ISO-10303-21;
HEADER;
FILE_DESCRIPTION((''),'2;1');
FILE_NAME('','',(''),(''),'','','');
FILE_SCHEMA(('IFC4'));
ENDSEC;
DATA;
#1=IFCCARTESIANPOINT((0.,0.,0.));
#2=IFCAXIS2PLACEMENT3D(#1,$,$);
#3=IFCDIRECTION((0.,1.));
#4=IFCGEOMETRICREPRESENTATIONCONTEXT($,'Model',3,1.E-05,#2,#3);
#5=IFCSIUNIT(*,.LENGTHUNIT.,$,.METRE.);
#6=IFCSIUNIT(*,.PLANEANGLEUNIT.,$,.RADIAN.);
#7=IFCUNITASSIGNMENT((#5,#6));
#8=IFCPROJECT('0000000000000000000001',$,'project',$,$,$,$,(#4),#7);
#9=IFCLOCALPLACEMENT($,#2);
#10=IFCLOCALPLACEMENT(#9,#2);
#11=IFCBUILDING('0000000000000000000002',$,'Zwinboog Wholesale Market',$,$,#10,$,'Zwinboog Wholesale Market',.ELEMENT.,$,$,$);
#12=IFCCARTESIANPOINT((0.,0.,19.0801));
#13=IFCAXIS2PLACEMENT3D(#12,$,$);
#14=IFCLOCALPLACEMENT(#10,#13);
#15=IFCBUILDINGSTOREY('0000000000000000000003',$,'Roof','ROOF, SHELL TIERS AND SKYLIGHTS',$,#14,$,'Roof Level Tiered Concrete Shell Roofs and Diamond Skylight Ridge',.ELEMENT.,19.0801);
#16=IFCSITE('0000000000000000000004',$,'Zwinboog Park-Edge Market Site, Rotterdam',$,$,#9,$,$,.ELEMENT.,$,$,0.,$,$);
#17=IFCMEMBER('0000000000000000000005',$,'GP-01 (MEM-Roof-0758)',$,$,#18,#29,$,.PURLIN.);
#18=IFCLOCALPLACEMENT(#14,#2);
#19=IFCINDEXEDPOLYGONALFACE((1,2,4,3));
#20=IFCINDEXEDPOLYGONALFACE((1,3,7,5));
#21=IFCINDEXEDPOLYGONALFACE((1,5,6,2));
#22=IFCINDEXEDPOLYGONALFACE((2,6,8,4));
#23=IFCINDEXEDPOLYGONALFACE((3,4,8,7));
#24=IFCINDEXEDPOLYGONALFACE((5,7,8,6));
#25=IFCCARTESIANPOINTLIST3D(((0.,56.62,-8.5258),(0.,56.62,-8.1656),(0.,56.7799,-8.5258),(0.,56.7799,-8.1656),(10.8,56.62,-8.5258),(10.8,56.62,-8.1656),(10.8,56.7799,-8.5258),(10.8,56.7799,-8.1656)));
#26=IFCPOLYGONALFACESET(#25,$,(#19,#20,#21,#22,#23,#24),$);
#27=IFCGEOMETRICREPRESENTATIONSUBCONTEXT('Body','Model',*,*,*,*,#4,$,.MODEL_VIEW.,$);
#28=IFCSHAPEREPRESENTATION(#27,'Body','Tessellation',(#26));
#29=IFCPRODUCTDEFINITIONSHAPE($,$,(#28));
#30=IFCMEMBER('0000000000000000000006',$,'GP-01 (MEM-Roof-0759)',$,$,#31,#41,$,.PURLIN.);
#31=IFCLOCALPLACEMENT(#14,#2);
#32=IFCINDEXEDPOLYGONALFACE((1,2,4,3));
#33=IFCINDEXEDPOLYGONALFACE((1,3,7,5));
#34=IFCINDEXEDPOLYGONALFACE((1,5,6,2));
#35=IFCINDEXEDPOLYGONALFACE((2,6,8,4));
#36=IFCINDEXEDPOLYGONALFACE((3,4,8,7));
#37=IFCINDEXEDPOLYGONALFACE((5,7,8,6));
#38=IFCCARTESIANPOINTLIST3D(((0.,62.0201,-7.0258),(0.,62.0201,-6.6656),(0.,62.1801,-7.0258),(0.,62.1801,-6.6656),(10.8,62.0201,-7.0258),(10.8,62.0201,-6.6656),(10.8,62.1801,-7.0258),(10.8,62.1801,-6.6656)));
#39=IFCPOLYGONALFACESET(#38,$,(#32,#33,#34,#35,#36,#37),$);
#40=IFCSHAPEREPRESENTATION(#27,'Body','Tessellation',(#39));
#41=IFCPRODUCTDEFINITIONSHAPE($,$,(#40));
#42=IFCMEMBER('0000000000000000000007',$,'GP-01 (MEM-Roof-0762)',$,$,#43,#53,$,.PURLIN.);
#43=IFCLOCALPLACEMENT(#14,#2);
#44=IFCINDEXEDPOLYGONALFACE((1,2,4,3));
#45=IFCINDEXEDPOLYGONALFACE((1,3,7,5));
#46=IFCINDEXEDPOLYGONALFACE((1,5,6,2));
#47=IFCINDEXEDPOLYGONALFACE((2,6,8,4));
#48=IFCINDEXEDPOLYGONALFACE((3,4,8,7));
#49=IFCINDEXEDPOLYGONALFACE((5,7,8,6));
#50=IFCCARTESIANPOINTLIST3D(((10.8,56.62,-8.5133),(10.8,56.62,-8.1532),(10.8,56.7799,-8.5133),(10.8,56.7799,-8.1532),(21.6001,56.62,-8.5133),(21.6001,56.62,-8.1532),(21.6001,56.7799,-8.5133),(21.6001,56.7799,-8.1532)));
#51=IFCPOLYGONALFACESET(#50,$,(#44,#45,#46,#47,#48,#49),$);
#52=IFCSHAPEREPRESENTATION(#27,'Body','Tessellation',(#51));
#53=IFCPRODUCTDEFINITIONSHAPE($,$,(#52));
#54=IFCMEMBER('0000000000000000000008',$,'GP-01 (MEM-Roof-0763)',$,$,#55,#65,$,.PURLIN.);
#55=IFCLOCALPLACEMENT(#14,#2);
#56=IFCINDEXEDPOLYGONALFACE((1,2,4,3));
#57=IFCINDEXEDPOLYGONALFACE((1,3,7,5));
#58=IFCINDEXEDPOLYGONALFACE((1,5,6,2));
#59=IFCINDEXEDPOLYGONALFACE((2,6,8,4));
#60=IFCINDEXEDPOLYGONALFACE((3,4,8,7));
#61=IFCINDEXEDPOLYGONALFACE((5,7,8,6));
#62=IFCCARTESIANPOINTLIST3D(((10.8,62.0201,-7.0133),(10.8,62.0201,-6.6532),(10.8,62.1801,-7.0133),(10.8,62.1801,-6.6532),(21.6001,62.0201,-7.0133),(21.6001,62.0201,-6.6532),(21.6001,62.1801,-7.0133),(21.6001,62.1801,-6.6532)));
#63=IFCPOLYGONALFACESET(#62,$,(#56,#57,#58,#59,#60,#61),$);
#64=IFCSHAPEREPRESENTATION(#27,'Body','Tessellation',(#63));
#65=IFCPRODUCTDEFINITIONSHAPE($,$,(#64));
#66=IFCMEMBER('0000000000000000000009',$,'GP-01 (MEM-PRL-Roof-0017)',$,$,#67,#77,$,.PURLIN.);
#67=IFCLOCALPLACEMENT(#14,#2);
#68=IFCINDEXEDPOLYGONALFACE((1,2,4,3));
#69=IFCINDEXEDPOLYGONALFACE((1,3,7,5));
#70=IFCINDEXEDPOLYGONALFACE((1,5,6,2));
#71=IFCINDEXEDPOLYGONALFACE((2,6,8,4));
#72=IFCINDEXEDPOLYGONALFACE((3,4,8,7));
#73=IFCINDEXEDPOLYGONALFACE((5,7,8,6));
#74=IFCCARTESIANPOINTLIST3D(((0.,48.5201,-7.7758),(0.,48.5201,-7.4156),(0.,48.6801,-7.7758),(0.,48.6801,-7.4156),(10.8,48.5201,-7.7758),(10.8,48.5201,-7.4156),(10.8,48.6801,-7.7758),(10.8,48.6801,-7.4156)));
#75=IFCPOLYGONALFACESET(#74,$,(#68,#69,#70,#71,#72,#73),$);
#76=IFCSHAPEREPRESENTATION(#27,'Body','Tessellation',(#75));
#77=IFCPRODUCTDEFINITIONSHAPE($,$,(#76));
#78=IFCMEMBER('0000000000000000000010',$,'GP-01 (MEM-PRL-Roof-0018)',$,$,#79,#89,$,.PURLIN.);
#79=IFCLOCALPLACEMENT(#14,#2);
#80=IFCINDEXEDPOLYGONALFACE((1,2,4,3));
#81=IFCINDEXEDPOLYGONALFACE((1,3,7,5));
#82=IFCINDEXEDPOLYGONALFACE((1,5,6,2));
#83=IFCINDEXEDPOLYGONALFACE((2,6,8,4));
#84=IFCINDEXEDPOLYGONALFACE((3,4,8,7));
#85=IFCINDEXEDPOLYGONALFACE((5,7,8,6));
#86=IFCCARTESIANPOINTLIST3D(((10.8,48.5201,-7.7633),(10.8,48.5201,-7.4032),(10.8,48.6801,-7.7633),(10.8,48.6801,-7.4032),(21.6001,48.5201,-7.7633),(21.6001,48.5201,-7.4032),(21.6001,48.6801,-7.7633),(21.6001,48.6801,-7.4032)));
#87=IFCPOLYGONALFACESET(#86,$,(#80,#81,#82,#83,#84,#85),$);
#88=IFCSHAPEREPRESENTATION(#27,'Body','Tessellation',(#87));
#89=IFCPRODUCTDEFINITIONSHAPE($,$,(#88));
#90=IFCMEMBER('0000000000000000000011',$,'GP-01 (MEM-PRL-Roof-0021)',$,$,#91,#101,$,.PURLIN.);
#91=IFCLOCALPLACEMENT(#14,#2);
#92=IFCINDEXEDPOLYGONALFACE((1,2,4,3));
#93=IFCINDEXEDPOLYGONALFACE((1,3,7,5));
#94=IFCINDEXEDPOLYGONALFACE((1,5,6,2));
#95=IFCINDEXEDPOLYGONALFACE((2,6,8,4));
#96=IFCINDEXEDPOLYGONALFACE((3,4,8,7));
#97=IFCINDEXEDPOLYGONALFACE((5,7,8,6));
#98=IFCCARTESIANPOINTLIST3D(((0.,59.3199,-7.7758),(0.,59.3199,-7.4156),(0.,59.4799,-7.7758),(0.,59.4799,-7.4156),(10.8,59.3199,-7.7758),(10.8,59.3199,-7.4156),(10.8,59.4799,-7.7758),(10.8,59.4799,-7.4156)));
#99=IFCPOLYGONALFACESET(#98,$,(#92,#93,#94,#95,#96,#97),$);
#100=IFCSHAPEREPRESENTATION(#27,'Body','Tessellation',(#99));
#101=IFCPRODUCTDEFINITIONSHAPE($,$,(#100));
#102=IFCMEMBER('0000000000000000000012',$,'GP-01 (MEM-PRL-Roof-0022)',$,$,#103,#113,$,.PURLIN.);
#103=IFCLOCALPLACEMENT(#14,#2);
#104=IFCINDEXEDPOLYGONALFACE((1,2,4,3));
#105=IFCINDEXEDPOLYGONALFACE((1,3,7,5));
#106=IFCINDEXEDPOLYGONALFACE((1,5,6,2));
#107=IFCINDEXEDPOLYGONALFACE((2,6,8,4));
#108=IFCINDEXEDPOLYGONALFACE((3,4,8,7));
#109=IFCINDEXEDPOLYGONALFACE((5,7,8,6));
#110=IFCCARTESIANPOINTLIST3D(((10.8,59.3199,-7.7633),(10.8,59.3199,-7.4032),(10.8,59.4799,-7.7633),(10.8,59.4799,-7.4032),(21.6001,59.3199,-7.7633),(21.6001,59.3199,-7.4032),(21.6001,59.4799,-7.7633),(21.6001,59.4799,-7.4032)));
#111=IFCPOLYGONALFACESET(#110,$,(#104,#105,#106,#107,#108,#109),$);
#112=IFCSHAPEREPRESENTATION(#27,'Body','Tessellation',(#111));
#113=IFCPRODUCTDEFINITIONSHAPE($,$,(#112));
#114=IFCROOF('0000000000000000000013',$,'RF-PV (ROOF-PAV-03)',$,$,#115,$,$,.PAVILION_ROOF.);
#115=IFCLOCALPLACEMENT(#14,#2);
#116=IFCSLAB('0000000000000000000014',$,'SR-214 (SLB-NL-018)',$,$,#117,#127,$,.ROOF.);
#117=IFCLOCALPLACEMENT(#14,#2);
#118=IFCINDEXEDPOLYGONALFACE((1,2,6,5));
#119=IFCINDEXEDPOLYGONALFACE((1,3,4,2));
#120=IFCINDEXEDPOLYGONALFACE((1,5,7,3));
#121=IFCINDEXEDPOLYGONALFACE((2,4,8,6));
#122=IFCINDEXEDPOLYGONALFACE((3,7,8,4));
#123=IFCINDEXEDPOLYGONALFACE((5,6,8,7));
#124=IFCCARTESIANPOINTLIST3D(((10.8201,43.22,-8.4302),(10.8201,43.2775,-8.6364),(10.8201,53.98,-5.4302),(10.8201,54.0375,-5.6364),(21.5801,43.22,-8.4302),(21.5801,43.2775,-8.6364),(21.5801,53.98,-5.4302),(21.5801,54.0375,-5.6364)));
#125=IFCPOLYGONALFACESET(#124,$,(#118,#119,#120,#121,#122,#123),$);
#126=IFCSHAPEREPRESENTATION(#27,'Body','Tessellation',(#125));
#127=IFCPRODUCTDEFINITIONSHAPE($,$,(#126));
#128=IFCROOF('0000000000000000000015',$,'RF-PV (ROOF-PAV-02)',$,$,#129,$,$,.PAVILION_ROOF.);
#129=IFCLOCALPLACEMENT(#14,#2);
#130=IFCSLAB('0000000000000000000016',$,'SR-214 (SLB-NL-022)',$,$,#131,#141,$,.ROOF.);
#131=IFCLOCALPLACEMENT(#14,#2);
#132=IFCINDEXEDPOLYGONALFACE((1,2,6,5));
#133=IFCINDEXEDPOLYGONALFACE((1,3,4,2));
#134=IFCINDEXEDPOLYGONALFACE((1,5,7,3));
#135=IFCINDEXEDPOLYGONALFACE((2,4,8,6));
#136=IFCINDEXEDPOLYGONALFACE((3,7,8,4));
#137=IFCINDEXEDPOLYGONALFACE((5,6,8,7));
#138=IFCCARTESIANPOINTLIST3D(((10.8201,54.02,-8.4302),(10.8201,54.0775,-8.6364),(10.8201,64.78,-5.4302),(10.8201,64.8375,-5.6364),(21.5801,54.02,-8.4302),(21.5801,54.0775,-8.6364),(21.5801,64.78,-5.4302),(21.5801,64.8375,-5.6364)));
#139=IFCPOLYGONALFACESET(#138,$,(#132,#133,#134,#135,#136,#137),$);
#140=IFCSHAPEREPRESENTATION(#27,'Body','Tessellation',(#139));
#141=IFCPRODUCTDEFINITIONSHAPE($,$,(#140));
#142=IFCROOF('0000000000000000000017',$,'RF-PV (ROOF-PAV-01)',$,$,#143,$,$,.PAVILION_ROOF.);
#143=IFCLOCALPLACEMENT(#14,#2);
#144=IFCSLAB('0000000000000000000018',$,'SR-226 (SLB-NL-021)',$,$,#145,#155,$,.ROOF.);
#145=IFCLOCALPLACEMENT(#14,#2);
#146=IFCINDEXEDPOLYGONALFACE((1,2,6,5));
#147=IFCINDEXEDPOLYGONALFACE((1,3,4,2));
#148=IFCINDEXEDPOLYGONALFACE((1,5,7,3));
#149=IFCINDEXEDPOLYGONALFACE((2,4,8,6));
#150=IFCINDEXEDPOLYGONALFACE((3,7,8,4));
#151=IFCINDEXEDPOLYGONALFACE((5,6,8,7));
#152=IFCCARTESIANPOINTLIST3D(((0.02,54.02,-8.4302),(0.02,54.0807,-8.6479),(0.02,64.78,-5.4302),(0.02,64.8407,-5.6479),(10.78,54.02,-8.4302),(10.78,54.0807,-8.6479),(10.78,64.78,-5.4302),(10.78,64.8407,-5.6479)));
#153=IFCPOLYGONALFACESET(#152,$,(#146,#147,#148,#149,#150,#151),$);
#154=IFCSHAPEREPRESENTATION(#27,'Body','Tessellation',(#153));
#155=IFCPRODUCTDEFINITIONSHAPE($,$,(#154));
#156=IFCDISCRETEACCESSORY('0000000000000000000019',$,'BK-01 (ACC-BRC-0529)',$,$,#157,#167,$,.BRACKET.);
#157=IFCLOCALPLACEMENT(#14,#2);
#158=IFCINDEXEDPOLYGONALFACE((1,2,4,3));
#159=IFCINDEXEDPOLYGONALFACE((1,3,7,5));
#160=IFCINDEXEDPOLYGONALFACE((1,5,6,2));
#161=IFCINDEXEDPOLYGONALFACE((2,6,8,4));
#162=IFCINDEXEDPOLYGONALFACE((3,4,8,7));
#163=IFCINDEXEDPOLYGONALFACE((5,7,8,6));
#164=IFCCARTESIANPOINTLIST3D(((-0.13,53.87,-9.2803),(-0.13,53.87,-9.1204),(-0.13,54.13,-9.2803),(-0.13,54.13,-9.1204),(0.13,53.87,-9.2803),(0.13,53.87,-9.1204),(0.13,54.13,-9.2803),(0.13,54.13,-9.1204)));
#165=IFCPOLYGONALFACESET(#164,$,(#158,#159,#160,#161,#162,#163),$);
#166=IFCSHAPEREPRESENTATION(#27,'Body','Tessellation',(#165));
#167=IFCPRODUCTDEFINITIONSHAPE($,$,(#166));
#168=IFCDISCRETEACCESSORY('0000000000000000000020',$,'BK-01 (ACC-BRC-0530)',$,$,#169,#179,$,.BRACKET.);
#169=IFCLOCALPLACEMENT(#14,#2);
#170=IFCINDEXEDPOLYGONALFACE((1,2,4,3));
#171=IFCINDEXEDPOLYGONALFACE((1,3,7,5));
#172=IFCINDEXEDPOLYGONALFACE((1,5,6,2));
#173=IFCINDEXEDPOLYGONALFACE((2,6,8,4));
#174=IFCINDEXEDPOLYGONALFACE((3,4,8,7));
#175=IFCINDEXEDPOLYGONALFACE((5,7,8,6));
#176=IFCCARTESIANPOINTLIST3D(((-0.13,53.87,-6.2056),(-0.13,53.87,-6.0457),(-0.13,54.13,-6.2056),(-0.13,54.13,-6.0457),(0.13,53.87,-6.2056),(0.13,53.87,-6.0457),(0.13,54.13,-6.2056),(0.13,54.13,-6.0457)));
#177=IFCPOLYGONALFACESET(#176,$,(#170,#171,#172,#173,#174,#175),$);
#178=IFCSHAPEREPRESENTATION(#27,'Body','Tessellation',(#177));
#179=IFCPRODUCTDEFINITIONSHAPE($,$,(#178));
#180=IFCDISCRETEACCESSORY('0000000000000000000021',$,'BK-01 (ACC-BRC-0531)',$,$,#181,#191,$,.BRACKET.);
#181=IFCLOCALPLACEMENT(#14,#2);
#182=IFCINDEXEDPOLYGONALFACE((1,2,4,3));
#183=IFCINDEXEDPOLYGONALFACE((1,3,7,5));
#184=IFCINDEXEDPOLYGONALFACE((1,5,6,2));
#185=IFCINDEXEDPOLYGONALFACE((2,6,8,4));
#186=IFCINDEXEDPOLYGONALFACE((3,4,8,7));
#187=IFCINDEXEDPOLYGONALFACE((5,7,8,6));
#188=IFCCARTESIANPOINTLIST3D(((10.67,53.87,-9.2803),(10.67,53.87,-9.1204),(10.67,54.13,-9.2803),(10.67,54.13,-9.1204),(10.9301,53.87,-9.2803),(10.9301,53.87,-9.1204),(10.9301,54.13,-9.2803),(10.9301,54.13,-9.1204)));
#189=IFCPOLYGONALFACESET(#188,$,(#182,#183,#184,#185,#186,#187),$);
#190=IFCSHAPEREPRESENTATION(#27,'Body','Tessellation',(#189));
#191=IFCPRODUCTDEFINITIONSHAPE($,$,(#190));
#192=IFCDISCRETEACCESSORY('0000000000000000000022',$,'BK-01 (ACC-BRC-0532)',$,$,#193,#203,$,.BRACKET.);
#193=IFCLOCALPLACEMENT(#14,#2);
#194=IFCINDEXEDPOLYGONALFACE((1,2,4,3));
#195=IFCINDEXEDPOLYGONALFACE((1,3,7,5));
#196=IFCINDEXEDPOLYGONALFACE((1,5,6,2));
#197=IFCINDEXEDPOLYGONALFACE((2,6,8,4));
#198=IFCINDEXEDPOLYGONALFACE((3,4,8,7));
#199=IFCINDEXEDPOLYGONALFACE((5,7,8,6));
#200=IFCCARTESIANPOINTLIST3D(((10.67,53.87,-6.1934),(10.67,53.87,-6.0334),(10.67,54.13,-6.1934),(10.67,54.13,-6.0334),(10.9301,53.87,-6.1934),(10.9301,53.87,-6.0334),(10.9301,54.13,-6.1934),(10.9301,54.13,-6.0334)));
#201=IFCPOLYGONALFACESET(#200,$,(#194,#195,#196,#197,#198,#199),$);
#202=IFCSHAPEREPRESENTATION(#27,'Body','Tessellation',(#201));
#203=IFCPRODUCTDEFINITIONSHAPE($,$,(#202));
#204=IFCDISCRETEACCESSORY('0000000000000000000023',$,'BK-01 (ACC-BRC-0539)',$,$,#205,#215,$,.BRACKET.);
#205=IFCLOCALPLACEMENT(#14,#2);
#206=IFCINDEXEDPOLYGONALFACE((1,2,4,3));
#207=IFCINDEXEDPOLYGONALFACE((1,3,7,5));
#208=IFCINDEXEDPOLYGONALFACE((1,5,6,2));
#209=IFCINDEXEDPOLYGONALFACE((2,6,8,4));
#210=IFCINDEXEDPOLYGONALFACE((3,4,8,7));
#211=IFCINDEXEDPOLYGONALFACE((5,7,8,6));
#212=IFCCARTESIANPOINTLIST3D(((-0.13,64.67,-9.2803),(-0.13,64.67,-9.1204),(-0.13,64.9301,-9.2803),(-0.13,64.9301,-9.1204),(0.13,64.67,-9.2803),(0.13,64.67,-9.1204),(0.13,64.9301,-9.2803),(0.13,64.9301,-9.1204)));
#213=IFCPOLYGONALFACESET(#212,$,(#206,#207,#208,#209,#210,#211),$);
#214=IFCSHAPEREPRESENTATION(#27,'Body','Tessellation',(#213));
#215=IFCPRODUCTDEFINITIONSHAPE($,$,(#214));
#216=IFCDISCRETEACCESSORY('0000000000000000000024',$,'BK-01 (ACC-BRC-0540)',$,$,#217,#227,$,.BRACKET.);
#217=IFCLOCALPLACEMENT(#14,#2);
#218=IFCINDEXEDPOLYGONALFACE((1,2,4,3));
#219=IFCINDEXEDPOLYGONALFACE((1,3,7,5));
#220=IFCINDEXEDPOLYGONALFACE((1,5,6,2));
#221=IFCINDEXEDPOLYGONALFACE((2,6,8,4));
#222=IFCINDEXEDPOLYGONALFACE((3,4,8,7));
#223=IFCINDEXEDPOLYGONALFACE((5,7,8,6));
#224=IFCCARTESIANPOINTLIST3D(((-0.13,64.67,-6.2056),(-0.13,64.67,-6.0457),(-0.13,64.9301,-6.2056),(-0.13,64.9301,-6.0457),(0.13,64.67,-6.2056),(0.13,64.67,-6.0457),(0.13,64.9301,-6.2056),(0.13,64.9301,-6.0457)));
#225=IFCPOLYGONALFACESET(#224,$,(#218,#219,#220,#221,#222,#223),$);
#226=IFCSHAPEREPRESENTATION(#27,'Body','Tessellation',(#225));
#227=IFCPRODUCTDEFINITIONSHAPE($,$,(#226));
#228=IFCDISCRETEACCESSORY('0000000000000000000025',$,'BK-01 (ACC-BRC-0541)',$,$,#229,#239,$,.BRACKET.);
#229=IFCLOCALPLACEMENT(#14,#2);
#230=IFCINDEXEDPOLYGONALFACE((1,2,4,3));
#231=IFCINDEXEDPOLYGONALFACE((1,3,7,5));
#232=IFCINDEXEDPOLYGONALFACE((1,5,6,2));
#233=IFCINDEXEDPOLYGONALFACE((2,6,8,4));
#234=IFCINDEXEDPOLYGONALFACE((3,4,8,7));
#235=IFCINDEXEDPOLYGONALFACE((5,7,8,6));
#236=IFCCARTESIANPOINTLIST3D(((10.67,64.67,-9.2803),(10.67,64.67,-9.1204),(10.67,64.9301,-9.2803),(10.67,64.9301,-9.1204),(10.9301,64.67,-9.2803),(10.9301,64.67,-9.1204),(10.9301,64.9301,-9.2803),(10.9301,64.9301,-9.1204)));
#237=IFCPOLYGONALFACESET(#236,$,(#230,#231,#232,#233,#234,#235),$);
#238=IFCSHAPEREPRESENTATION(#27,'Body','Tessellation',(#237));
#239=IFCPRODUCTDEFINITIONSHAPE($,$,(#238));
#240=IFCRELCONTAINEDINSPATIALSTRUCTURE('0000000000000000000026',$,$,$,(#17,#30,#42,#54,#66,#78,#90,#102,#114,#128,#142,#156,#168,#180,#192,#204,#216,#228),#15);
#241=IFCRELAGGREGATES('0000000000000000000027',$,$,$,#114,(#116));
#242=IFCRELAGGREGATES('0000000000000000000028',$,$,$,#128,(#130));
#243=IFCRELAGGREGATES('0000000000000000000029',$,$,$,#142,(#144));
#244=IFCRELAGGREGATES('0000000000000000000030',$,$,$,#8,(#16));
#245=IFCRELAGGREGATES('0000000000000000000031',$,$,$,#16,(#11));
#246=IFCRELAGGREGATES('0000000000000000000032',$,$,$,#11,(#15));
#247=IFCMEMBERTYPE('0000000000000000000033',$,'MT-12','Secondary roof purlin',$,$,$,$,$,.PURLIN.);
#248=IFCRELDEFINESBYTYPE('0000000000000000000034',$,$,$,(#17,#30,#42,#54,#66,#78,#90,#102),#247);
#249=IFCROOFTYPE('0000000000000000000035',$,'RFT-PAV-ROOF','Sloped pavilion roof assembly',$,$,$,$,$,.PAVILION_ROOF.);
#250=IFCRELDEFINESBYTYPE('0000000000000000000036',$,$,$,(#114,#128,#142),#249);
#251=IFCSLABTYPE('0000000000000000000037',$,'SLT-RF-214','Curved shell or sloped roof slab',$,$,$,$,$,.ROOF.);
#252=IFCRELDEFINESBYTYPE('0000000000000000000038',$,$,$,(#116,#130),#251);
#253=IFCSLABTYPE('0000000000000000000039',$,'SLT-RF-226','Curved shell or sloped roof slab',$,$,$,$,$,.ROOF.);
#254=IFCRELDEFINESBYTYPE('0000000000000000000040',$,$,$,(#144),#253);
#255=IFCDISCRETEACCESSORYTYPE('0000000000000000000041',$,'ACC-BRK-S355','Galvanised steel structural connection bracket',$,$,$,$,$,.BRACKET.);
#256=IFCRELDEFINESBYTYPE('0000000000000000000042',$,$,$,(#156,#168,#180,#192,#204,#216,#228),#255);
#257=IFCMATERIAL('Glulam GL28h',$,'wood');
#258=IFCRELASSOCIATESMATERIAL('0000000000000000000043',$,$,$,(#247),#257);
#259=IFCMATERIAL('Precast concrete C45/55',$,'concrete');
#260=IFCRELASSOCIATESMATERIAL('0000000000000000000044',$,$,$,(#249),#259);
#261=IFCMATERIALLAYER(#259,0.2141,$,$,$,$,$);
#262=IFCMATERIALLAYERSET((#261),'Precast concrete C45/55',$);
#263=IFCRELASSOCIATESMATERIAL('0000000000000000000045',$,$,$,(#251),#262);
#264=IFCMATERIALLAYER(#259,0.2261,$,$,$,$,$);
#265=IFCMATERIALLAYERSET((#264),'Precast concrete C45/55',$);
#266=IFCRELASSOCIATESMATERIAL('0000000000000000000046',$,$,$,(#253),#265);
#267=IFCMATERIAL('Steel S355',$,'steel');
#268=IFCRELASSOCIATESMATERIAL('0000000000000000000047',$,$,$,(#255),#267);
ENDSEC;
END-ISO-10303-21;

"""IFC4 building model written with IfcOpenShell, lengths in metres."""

from ifc_helpers import new_model, si_unit, direction, frame, origin, origin_2d, place, context, subcontext, project, spatial, polyline, rectangle, outline, extrude, material, layer, layer_set, material_profile, profile_set, type_object, element, aggregate, save


model = new_model("IFC4")

# Units and contexts
model_context = context("Model", 3, precision=1e-05, world=origin(), true_north=direction((0.0, 1.0)))
body_context = subcontext(model_context, "Body", "Model", "MODEL_VIEW")
ifc_project = project(units=[si_unit("LENGTHUNIT", "METRE"), si_unit("PLANEANGLEUNIT", "RADIAN")], contexts=[model_context])

# Site, building, storey
site_placement = place(None, origin())
site = spatial("IfcSite", under=ifc_project, at=site_placement, Name="Zwinboog Park-Edge Market Site, Rotterdam", CompositionType="ELEMENT", RefElevation=0.0)
building_placement = place(site_placement, origin())
building = spatial("IfcBuilding", under=site, at=building_placement, Name="Zwinboog Wholesale Market", LongName="Zwinboog Wholesale Market", CompositionType="ELEMENT")
storey_placement = place(building_placement, frame((0.0, 0.0, 19.0801)))
storey = spatial("IfcBuildingStorey", under=building, at=storey_placement, Name="Roof", Description="ROOF, SHELL TIERS AND SKYLIGHTS", LongName="Roof Level Tiered Concrete Shell Roofs and Diamond Skylight Ridge", CompositionType="ELEMENT", Elevation=19.0801)

# Shared definitions
ifc_material_1 = material(Name="Precast concrete C45/55", Category="concrete")

# Members
ifc_material_2 = material(Name="Steel S355", Category="steel")
ifc_material_3 = material(Name="Glulam GL28h", Category="wood")
ifc_material_profile_1 = material_profile(ifc_material_3, rectangle(XDim=0.1599, YDim=0.3601, at=origin_2d()), Name="GL28h 160x360")
ifc_profile_set_1 = profile_set([ifc_material_profile_1], Name="Glulam GL28h")
member_type_1 = type_object("IfcMemberType", Name="MT-12", Description="Secondary roof purlin", PredefinedType="PURLIN", material=ifc_profile_set_1)
for number, where, z_axis, x_axis, name in (
    (1, (0.0, 56.7, -8.3457), (1.0, 0.0, 0.0), (0.0, 1.0, 0.0), "GP-01 (MEM-Roof-0758)"),
    (2, (0.0, 62.1001, -6.8457), (1.0, 0.0, 0.0), (0.0, 1.0, 0.0), "GP-01 (MEM-Roof-0759)"),
    (3, (10.8, 56.7, -8.3333), (1.0, 0.0, 0.0), (0.0, 1.0, 0.0), "GP-01 (MEM-Roof-0762)"),
    (4, (10.8, 62.1001, -6.8333), (1.0, 0.0, 0.0), (0.0, 1.0, 0.0), "GP-01 (MEM-Roof-0763)"),
    (5, (0.0, 48.6001, -7.5957), (1.0, 0.0, 0.0), (0.0, 1.0, 0.0), "GP-01 (MEM-PRL-Roof-0017)"),
    (6, (10.8, 48.6001, -7.5833), (1.0, 0.0, 0.0), (0.0, 1.0, 0.0), "GP-01 (MEM-PRL-Roof-0018)"),
    (7, (0.0, 59.3999, -7.5957), (1.0, 0.0, 0.0), (0.0, 1.0, 0.0), "GP-01 (MEM-PRL-Roof-0021)"),
    (8, (10.8, 59.3999, -7.5833), (1.0, 0.0, 0.0), (0.0, 1.0, 0.0), "GP-01 (MEM-PRL-Roof-0022)"),
):
    element("IfcMember", number, at=place(storey_placement, frame(where, z_axis=z_axis, x_axis=x_axis)), inside=storey, type_object=member_type_1, Name=name, PredefinedType="PURLIN", context=body_context, shape_type="SweptSolid", body=[
        extrude(rectangle(XDim=0.1599, YDim=0.3601, at=origin_2d()), origin(), (0.0, 0.0, 1.0), 10.8),
    ])

# Roofs, slabs
roof_type = type_object("IfcRoofType", Name="RFT-PAV-ROOF", Description="Sloped pavilion roof assembly", PredefinedType="PAVILION_ROOF", material=ifc_material_1)
roof_1_placement = place(storey_placement, origin())
roof_1 = element("IfcRoof", 9, at=roof_1_placement, inside=storey, type_object=roof_type, Name="RF-PV (ROOF-PAV-03)", PredefinedType="PAVILION_ROOF")
ifc_layer_1 = layer(ifc_material_1, 0.2141)
ifc_layer_set_1 = layer_set([ifc_layer_1], Name="Precast concrete C45/55")
slab_type_1 = type_object("IfcSlabType", Name="SLT-RF-214", Description="Curved shell or sloped roof slab", PredefinedType="ROOF", material=ifc_layer_set_1)
slab_1_placement = place(storey_placement, frame((10.8201, 43.22, -8.4302), z_axis=(0.0, -0.268567, 0.963261), x_axis=(1.0, 0.0, 0.0)))
slab_1 = element("IfcSlab", 10, at=slab_1_placement, type_object=slab_type_1, Name="SR-214 (SLB-NL-018)", PredefinedType="ROOF", context=body_context, shape_type="SweptSolid", body=[
    extrude(outline(polyline([(0.0, 0.0), (10.76, 0.0), (10.76, 11.1704), (0.0, 11.1704), (0.0, 0.0)])), origin(), (0.0, 0.0, -1.0), 0.2141),
])
aggregate(roof_1, [slab_1])
roof_2_placement = place(storey_placement, origin())
roof_2 = element("IfcRoof", 11, at=roof_2_placement, inside=storey, type_object=roof_type, Name="RF-PV (ROOF-PAV-02)", PredefinedType="PAVILION_ROOF")
slab_2_placement = place(storey_placement, frame((10.8201, 54.02, -8.4302), z_axis=(0.0, -0.268567, 0.963261), x_axis=(1.0, 0.0, 0.0)))
slab_2 = element("IfcSlab", 12, at=slab_2_placement, type_object=slab_type_1, Name="SR-214 (SLB-NL-022)", PredefinedType="ROOF", context=body_context, shape_type="SweptSolid", body=[
    extrude(outline(polyline([(0.0, 0.0), (10.76, 0.0), (10.76, 11.1704), (0.0, 11.1704), (0.0, 0.0)])), origin(), (0.0, 0.0, -1.0), 0.2141),
])
aggregate(roof_2, [slab_2])
roof_3_placement = place(storey_placement, origin())
roof_3 = element("IfcRoof", 13, at=roof_3_placement, inside=storey, type_object=roof_type, Name="RF-PV (ROOF-PAV-01)", PredefinedType="PAVILION_ROOF")
ifc_layer_2 = layer(ifc_material_1, 0.2261)
ifc_layer_set_2 = layer_set([ifc_layer_2], Name="Precast concrete C45/55")
slab_type_2 = type_object("IfcSlabType", Name="SLT-RF-226", Description="Curved shell or sloped roof slab", PredefinedType="ROOF", material=ifc_layer_set_2)
slab_3_placement = place(storey_placement, frame((0.02, 54.02, -8.4302), z_axis=(0.0, -0.268567, 0.963261), x_axis=(1.0, 0.0, 0.0)))
slab_3 = element("IfcSlab", 14, at=slab_3_placement, type_object=slab_type_2, Name="SR-226 (SLB-NL-021)", PredefinedType="ROOF", context=body_context, shape_type="SweptSolid", body=[
    extrude(outline(polyline([(0.0, 0.0), (10.76, 0.0), (10.76, 11.1704), (0.0, 11.1704), (0.0, 0.0)])), origin(), (0.0, 0.0, -1.0), 0.2261),
])
aggregate(roof_3, [slab_3])

# Discrete accessories
discrete_accessory_type = type_object("IfcDiscreteAccessoryType", Name="ACC-BRK-S355", Description="Galvanised steel structural connection bracket", PredefinedType="BRACKET", material=ifc_material_2)
for number, where, z_axis, x_axis, name in (
    (15, (0.0, 54.0, -9.2803), (0.0, 0.0, 1.0), (1.0, 0.0, 0.0), "BK-01 (ACC-BRC-0529)"),
    (16, (0.0, 54.0, -6.2056), (0.0, 0.0, 1.0), (1.0, 0.0, 0.0), "BK-01 (ACC-BRC-0530)"),
    (17, (10.8, 54.0, -9.2803), (0.0, 0.0, 1.0), (1.0, 0.0, 0.0), "BK-01 (ACC-BRC-0531)"),
    (18, (10.8, 54.0, -6.1934), (0.0, 0.0, 1.0), (1.0, 0.0, 0.0), "BK-01 (ACC-BRC-0532)"),
    (19, (0.0, 64.8, -9.2803), (0.0, 0.0, 1.0), (1.0, 0.0, 0.0), "BK-01 (ACC-BRC-0539)"),
    (20, (0.0, 64.8, -6.2056), (0.0, 0.0, 1.0), (1.0, 0.0, 0.0), "BK-01 (ACC-BRC-0540)"),
    (21, (10.8, 64.8, -9.2803), (0.0, 0.0, 1.0), (1.0, 0.0, 0.0), "BK-01 (ACC-BRC-0541)"),
):
    element("IfcDiscreteAccessory", number, at=place(storey_placement, frame(where, z_axis=z_axis, x_axis=x_axis)), inside=storey, type_object=discrete_accessory_type, Name=name, PredefinedType="BRACKET", context=body_context, shape_type="SweptSolid", body=[
        extrude(rectangle(XDim=0.26, YDim=0.26, at=origin_2d()), origin(), (0.0, 0.0, 1.0), 0.1599),
    ])

save(model, "model.ifc")
